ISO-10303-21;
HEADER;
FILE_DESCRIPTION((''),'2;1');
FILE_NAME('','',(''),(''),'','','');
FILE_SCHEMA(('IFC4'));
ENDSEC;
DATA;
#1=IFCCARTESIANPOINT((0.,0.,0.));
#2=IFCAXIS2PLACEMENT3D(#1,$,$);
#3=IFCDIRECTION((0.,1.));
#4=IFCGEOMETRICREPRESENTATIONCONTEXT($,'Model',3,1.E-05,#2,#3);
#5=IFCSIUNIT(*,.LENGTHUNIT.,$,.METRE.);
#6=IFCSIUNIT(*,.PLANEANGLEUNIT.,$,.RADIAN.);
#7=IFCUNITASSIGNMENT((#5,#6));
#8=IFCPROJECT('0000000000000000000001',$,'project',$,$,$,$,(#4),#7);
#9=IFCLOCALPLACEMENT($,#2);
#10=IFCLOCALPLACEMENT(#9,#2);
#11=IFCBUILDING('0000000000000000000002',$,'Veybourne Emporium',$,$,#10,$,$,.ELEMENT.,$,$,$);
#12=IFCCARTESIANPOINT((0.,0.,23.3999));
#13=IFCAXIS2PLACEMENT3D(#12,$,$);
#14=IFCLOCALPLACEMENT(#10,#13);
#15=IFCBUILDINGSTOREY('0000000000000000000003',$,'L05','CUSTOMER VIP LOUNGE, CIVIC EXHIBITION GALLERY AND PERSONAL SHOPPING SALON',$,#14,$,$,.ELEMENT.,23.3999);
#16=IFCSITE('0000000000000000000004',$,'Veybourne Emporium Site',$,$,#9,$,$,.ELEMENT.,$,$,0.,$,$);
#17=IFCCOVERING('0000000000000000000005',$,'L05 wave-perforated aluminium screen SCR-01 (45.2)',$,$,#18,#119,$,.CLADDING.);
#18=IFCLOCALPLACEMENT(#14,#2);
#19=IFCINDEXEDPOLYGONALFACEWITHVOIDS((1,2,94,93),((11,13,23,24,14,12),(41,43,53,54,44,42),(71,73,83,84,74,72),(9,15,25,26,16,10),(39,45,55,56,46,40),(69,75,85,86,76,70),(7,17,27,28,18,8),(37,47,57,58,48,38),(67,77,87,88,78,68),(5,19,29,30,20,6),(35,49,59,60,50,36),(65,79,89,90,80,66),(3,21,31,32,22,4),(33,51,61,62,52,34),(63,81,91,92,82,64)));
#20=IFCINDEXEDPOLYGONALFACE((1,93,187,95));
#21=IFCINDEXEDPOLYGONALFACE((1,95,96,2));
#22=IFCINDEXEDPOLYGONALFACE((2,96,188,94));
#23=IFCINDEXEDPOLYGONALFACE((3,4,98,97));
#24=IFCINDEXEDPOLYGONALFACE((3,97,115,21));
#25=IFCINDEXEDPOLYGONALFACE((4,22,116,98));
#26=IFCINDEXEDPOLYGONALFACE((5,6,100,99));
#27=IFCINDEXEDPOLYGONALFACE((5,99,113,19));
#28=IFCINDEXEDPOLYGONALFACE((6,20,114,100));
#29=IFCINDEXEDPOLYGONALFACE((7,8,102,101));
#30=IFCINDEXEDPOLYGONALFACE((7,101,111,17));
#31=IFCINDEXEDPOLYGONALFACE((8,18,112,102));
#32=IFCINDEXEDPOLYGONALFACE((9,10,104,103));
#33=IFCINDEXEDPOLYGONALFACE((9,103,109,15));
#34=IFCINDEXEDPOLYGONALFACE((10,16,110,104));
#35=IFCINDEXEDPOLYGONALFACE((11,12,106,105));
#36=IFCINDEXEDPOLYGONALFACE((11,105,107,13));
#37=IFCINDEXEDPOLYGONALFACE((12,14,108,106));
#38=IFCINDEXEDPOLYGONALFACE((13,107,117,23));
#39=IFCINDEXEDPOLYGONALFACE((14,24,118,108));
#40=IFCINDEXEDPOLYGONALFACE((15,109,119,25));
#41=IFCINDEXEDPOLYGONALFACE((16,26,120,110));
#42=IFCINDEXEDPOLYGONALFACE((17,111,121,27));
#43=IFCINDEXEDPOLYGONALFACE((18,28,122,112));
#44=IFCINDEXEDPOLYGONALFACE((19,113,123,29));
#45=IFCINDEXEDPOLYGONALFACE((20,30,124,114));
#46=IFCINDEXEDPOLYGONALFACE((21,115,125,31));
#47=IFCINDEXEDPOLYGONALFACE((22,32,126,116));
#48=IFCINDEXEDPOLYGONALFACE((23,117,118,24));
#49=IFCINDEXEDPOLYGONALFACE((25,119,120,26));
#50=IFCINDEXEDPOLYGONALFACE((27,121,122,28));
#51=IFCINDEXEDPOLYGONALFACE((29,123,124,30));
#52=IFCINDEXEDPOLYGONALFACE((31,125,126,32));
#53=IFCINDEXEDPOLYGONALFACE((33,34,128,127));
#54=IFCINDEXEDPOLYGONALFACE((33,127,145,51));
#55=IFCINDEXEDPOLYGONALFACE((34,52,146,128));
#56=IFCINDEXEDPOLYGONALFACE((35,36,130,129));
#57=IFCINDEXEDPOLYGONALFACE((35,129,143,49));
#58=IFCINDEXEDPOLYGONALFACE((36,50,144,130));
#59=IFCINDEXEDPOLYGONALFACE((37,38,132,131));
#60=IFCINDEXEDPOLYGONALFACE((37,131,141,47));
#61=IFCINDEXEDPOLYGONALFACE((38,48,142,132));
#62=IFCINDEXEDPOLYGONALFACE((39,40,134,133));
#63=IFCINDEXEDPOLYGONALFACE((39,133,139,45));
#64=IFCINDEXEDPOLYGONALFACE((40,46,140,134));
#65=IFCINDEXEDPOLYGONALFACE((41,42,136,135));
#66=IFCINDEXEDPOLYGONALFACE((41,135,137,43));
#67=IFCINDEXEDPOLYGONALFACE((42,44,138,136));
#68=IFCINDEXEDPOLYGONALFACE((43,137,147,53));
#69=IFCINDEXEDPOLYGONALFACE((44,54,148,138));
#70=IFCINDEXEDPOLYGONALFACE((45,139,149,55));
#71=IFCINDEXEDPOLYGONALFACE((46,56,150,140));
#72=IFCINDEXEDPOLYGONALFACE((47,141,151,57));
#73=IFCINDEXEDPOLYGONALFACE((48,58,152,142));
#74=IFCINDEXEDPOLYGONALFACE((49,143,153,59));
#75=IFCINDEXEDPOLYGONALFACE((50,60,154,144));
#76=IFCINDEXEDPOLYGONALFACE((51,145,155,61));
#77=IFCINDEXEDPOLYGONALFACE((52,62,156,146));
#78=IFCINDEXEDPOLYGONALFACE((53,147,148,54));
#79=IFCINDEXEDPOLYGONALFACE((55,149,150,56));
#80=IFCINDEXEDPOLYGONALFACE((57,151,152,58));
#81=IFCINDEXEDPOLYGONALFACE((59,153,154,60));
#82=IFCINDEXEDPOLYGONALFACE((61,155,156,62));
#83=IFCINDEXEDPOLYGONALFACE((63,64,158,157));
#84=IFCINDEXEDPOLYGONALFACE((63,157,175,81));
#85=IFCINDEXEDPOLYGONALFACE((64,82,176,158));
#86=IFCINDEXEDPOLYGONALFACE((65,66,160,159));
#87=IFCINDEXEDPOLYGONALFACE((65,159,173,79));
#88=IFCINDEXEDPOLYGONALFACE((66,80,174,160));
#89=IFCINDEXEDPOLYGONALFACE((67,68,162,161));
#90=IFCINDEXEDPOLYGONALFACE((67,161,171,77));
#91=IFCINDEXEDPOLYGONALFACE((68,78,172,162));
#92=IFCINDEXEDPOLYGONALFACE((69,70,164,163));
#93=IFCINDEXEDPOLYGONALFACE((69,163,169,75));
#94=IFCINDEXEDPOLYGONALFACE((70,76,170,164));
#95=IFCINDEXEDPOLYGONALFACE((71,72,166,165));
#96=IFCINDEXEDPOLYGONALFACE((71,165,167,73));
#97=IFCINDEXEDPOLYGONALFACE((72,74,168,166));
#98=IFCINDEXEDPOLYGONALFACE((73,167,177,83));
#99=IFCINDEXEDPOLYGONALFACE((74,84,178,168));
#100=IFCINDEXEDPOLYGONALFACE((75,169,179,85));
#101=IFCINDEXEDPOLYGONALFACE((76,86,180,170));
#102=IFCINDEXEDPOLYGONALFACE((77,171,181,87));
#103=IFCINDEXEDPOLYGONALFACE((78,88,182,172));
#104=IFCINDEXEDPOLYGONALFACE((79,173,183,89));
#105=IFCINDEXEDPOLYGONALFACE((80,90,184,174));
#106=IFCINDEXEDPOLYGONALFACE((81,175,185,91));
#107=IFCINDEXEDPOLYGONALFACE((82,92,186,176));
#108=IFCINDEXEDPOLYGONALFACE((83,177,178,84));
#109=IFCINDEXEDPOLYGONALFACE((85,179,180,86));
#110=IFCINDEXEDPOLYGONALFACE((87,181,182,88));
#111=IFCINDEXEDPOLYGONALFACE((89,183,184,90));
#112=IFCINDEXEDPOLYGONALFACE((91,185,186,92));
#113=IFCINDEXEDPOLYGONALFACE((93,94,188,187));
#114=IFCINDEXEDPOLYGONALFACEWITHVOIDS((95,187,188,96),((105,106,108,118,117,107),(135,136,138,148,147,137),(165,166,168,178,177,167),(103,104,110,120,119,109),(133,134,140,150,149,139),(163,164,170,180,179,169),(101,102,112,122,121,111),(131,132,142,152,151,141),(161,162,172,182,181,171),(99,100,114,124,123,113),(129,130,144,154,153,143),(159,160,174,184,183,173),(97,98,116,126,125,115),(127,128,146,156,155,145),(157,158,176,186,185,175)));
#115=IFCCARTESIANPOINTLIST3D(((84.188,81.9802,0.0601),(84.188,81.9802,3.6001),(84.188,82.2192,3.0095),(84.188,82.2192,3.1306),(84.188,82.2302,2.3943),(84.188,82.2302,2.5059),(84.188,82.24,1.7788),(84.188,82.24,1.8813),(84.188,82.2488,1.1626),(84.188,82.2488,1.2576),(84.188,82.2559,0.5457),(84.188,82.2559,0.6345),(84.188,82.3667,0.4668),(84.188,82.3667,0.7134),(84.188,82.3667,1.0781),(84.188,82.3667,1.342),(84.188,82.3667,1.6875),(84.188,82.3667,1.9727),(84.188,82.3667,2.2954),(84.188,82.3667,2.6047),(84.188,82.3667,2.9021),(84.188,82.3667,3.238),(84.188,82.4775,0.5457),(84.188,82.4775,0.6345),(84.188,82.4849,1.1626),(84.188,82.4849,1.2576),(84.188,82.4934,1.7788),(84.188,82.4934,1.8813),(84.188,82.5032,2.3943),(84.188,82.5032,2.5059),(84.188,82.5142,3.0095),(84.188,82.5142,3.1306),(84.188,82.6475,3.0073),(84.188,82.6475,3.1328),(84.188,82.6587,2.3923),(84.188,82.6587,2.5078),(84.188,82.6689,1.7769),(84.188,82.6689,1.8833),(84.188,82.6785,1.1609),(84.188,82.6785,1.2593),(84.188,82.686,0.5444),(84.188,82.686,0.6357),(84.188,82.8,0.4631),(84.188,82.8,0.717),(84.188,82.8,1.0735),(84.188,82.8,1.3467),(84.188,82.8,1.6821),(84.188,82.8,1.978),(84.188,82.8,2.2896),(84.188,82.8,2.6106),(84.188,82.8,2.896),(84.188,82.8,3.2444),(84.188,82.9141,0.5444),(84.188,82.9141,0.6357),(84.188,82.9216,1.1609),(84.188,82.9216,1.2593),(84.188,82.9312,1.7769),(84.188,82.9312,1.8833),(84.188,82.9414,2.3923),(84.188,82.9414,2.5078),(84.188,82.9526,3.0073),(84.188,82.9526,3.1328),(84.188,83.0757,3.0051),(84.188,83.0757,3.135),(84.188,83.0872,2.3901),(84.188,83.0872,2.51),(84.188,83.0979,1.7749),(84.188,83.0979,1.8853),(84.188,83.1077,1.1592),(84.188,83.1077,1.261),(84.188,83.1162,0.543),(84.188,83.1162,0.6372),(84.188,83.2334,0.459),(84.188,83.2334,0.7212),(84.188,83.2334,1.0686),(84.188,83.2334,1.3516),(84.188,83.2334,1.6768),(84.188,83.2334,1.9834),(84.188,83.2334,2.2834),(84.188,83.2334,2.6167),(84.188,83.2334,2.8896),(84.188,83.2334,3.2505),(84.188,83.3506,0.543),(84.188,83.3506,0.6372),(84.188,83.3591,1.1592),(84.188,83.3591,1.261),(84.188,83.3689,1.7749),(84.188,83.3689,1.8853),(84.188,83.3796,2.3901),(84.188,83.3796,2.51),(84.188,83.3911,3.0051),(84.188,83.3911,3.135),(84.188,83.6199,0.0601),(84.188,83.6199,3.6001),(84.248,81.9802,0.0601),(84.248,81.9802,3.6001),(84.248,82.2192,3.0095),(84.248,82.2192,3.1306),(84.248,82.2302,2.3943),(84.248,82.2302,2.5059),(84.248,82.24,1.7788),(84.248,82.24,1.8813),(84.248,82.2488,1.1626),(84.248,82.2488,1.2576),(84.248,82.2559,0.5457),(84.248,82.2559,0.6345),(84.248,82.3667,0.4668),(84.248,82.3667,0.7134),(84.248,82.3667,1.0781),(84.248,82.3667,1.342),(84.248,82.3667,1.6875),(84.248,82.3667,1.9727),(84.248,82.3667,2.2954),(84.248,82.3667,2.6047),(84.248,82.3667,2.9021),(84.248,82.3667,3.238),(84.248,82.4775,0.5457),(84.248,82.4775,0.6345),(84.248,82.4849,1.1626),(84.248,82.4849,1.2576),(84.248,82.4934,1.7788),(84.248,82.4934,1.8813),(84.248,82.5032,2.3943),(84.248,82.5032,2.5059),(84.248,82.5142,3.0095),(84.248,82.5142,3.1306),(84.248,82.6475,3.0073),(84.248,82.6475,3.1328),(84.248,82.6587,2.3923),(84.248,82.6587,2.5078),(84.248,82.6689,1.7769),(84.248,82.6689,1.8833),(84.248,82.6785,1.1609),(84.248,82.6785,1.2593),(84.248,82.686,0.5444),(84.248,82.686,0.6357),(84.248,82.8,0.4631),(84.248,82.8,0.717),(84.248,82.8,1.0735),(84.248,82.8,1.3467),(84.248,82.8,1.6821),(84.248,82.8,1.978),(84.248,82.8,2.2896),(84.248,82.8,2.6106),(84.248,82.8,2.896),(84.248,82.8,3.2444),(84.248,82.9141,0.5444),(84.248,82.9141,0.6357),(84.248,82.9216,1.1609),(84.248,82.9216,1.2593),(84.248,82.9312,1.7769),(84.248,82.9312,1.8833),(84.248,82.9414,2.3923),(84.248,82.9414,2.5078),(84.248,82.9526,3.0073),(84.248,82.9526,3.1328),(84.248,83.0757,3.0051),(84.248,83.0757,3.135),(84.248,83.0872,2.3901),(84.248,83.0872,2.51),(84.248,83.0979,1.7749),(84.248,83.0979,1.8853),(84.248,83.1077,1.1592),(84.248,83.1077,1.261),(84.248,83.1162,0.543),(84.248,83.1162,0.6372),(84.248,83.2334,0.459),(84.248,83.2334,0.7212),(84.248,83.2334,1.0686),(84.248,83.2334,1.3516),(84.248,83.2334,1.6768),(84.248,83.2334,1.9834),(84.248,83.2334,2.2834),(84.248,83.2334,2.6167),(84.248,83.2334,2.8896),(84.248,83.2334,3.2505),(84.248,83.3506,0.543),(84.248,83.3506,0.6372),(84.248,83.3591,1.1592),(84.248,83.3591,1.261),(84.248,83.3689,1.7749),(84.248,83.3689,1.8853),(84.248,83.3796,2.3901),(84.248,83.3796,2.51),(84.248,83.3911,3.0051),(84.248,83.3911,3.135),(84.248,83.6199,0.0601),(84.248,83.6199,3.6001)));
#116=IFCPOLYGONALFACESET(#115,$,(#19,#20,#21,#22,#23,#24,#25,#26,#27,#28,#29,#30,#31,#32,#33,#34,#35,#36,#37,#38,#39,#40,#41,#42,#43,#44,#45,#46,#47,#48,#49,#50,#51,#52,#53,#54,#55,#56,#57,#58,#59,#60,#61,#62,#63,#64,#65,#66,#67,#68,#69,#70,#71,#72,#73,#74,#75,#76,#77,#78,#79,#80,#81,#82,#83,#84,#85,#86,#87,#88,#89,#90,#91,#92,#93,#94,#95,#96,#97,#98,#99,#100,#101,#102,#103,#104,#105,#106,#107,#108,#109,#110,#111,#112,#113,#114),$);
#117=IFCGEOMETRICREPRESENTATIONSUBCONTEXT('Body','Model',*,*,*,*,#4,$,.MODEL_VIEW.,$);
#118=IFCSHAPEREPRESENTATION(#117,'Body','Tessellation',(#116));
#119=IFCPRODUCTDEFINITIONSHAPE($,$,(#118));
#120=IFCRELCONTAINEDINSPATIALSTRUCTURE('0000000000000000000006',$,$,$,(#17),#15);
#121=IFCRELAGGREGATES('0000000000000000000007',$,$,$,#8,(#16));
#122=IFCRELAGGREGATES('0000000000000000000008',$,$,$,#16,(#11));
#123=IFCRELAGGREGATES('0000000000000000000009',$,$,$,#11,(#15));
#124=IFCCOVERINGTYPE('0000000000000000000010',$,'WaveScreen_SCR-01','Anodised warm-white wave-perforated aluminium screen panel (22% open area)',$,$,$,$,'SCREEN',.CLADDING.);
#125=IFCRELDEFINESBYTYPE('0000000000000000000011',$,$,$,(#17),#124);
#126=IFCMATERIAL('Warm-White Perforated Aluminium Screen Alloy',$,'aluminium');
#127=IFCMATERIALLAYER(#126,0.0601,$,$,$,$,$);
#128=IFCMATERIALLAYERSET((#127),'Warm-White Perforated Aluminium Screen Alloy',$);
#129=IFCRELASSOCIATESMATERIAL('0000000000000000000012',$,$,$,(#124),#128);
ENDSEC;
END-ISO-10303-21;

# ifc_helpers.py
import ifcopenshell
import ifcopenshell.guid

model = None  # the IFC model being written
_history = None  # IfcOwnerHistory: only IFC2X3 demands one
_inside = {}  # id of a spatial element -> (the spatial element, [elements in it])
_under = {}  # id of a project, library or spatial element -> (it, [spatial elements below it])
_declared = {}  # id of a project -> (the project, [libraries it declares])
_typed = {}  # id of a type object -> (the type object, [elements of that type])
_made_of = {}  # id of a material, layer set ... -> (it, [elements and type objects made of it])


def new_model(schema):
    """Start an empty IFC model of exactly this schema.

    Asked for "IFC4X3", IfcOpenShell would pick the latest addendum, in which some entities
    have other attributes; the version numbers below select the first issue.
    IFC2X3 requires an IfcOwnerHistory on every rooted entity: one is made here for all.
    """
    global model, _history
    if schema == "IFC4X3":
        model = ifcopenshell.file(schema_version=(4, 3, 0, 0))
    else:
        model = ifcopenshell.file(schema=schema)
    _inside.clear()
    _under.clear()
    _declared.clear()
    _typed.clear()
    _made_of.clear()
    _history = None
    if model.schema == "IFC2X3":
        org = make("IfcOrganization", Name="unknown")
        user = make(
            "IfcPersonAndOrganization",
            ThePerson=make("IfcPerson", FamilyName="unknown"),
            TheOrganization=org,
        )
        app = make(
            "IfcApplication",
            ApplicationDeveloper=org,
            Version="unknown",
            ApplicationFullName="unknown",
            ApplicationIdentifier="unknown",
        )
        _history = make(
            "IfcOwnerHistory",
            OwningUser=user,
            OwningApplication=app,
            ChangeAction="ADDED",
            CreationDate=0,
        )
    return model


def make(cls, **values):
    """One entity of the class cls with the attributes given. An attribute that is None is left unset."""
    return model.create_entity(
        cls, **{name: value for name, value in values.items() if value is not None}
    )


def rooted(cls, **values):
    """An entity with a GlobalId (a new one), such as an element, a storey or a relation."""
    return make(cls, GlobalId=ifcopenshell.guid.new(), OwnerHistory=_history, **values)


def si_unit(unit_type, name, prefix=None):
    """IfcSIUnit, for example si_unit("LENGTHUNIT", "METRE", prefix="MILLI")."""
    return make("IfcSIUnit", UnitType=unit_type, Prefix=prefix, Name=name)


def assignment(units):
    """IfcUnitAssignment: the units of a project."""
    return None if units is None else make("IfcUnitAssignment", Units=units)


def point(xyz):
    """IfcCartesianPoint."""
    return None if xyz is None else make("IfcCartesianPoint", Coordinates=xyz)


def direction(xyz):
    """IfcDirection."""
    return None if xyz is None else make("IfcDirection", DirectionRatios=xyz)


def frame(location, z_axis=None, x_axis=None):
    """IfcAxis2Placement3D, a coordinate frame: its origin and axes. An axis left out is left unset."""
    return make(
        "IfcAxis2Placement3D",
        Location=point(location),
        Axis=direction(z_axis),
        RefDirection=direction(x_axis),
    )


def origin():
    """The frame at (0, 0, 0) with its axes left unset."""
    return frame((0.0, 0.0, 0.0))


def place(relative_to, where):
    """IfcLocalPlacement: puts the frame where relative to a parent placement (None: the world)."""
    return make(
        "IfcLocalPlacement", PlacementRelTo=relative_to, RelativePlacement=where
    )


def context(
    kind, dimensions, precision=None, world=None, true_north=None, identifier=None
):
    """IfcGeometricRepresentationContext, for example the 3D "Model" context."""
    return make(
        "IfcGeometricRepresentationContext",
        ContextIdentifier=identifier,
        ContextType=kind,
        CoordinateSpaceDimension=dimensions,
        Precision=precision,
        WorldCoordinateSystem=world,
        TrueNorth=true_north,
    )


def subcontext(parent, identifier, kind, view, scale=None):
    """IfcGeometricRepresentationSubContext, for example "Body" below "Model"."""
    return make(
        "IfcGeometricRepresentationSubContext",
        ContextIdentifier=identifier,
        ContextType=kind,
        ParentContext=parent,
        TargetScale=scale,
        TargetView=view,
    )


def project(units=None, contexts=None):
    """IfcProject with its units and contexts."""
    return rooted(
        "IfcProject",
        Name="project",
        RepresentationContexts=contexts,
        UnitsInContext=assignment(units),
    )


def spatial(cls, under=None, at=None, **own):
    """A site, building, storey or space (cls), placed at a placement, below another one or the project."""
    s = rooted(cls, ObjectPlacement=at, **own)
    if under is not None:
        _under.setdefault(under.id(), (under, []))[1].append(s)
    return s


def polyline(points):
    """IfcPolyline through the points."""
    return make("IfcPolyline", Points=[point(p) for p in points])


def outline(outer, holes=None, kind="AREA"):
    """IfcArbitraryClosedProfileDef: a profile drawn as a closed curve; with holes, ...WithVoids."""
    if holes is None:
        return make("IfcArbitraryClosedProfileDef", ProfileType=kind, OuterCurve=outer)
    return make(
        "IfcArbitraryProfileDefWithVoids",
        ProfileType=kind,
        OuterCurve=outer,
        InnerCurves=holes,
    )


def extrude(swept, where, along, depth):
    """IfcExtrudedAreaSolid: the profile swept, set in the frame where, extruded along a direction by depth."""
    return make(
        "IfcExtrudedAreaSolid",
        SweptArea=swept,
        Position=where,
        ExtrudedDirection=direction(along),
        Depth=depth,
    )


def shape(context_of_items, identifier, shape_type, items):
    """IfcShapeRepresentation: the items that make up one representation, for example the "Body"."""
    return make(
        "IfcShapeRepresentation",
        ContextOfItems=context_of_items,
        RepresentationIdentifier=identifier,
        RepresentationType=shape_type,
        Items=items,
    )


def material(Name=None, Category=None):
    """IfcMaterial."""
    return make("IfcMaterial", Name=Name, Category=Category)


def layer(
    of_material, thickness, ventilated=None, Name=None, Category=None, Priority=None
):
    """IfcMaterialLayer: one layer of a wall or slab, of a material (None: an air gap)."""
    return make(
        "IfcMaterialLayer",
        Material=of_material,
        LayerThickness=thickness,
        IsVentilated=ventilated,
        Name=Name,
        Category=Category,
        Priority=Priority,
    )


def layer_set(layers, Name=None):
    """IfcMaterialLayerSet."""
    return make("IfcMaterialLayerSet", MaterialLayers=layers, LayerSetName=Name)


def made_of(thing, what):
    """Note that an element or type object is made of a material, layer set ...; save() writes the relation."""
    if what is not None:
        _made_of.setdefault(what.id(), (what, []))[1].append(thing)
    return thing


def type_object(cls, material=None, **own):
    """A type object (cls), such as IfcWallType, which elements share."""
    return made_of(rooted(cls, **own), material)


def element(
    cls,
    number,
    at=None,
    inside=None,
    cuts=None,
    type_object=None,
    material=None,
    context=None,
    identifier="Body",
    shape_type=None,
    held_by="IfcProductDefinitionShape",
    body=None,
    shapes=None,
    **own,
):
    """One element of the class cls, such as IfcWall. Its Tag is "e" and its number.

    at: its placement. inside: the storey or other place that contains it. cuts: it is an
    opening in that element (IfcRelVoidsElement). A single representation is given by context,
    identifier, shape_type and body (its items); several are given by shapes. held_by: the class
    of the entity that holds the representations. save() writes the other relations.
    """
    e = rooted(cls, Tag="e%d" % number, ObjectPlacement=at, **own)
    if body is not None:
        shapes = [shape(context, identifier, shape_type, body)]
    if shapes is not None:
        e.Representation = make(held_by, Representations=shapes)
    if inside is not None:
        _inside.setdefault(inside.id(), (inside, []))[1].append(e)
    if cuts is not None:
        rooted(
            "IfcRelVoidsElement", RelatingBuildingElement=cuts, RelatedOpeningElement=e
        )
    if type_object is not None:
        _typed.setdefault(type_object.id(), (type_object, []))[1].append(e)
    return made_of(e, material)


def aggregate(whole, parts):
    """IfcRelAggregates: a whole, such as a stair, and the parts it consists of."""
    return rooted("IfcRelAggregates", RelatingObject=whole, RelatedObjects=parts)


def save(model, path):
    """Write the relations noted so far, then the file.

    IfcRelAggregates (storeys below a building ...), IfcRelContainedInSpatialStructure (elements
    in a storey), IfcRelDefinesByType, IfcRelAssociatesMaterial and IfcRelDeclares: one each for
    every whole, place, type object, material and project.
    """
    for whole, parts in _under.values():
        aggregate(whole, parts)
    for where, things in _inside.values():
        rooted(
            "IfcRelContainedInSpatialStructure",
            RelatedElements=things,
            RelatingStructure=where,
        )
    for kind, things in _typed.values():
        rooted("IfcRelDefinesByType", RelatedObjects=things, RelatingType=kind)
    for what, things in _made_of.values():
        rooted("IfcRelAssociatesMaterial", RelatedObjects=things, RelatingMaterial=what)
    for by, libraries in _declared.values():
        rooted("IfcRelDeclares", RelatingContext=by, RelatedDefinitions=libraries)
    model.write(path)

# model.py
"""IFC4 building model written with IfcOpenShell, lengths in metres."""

from ifc_helpers import new_model, si_unit, direction, frame, origin, place, context, subcontext, project, spatial, polyline, outline, extrude, material, layer, layer_set, type_object, element, save


model = new_model("IFC4")

# Units and contexts
model_context = context("Model", 3, precision=1e-05, world=origin(), true_north=direction((0.0, 1.0)))
body_context = subcontext(model_context, "Body", "Model", "MODEL_VIEW")
ifc_project = project(units=[si_unit("LENGTHUNIT", "METRE"), si_unit("PLANEANGLEUNIT", "RADIAN")], contexts=[model_context])

# Site, building, storey
site_placement = place(None, origin())
site = spatial("IfcSite", under=ifc_project, at=site_placement, Name="Veybourne Emporium Site", CompositionType="ELEMENT", RefElevation=0.0)
building_placement = place(site_placement, origin())
building = spatial("IfcBuilding", under=site, at=building_placement, Name="Veybourne Emporium", CompositionType="ELEMENT")
storey_placement = place(building_placement, frame((0.0, 0.0, 23.3999)))
storey = spatial("IfcBuildingStorey", under=building, at=storey_placement, Name="L05", Description="CUSTOMER VIP LOUNGE, CIVIC EXHIBITION GALLERY AND PERSONAL SHOPPING SALON", CompositionType="ELEMENT", Elevation=23.3999)

# Covering
ifc_material_1 = material(Name="Warm-White Perforated Aluminium Screen Alloy", Category="aluminium")
ifc_layer_1 = layer(ifc_material_1, 0.0601)
ifc_layer_set_1 = layer_set([ifc_layer_1], Name="Warm-White Perforated Aluminium Screen Alloy")
covering_type_1 = type_object("IfcCoveringType", Name="WaveScreen_SCR-01", Description="Anodised warm-white wave-perforated aluminium screen panel (22% open area)", ElementType="SCREEN", PredefinedType="CLADDING", material=ifc_layer_set_1)
covering_1_placement = place(storey_placement, frame((84.248, 82.8, 1.8301), z_axis=(-1.0, 0.0, 0.0), x_axis=(0.0, -1.0, 0.0)))
element("IfcCovering", 1, at=covering_1_placement, inside=storey, type_object=covering_type_1, Name="L05 wave-perforated aluminium screen SCR-01 (45.2)", PredefinedType="CLADDING", context=body_context, shape_type="SweptSolid", body=[
    extrude(outline(polyline([(-0.8198, -1.77), (0.8198, -1.77), (0.8198, 1.77), (-0.8198, 1.77), (-0.8198, -1.77)]), holes=[polyline([(-0.4333, -1.1089), (-0.3162, -1.1929), (-0.3162, -1.2871), (-0.4333, -1.3711), (-0.5505, -1.2871), (-0.5505, -1.1929), (-0.4333, -1.1089)]), polyline([(-0.4333, -0.4785), (-0.3076, -0.5691), (-0.3076, -0.6709), (-0.4333, -0.7615), (-0.5591, -0.6709), (-0.5591, -0.5691), (-0.4333, -0.4785)]), polyline([(-0.4333, 0.1533), (-0.2979, 0.0552), (-0.2979, -0.0552), (-0.4333, -0.1533), (-0.5688, -0.0552), (-0.5688, 0.0552), (-0.4333, 0.1533)]), polyline([(-0.4333, 0.7866), (-0.2871, 0.6799), (-0.2871, 0.5601), (-0.4333, 0.4534), (-0.5796, 0.5601), (-0.5796, 0.6799), (-0.4333, 0.7866)]), polyline([(-0.4333, 1.4204), (-0.2756, 1.3049), (-0.2756, 1.175), (-0.4333, 1.0596), (-0.5911, 1.175), (-0.5911, 1.3049), (-0.4333, 1.4204)]), polyline([(0.0, -1.113), (0.114, -1.1943), (0.114, -1.2856), (0.0, -1.3669), (-0.114, -1.2856), (-0.114, -1.1943), (0.0, -1.113)]), polyline([(0.0, -0.4834), (0.1216, -0.5708), (0.1216, -0.6692), (0.0, -0.7566), (-0.1216, -0.6692), (-0.1216, -0.5708), (0.0, -0.4834)]), polyline([(0.0, 0.1479), (0.1311, 0.0532), (0.1311, -0.0532), (0.0, -0.1479), (-0.1311, -0.0532), (-0.1311, 0.0532), (0.0, 0.1479)]), polyline([(0.0, 0.7805), (0.1414, 0.6777), (0.1414, 0.5623), (0.0, 0.4595), (-0.1414, 0.5623), (-0.1414, 0.6777), (0.0, 0.7805)]), polyline([(0.0, 1.4143), (0.1526, 1.3027), (0.1526, 1.1772), (0.0, 1.0659), (-0.1526, 1.1772), (-0.1526, 1.3027), (0.0, 1.4143)]), polyline([(0.4333, -1.1167), (0.5442, -1.1956), (0.5442, -1.2844), (0.4333, -1.3633), (0.3225, -1.2844), (0.3225, -1.1956), (0.4333, -1.1167)]), polyline([(0.4333, -0.488), (0.5513, -0.5725), (0.5513, -0.6675), (0.4333, -0.752), (0.3152, -0.6675), (0.3152, -0.5725), (0.4333, -0.488)]), polyline([(0.4333, 0.1426), (0.5601, 0.0513), (0.5601, -0.0513), (0.4333, -0.1426), (0.3066, -0.0513), (0.3066, 0.0513), (0.4333, 0.1426)]), polyline([(0.4333, 0.7747), (0.5698, 0.6758), (0.5698, 0.5642), (0.4333, 0.4653), (0.2969, 0.5642), (0.2969, 0.6758), (0.4333, 0.7747)]), polyline([(0.4333, 1.408), (0.5808, 1.3005), (0.5808, 1.1794), (0.4333, 1.072), (0.2859, 1.1794), (0.2859, 1.3005), (0.4333, 1.408)])]), origin(), (0.0, 0.0, 1.0), 0.0601),
])

save(model, "model.ifc")
